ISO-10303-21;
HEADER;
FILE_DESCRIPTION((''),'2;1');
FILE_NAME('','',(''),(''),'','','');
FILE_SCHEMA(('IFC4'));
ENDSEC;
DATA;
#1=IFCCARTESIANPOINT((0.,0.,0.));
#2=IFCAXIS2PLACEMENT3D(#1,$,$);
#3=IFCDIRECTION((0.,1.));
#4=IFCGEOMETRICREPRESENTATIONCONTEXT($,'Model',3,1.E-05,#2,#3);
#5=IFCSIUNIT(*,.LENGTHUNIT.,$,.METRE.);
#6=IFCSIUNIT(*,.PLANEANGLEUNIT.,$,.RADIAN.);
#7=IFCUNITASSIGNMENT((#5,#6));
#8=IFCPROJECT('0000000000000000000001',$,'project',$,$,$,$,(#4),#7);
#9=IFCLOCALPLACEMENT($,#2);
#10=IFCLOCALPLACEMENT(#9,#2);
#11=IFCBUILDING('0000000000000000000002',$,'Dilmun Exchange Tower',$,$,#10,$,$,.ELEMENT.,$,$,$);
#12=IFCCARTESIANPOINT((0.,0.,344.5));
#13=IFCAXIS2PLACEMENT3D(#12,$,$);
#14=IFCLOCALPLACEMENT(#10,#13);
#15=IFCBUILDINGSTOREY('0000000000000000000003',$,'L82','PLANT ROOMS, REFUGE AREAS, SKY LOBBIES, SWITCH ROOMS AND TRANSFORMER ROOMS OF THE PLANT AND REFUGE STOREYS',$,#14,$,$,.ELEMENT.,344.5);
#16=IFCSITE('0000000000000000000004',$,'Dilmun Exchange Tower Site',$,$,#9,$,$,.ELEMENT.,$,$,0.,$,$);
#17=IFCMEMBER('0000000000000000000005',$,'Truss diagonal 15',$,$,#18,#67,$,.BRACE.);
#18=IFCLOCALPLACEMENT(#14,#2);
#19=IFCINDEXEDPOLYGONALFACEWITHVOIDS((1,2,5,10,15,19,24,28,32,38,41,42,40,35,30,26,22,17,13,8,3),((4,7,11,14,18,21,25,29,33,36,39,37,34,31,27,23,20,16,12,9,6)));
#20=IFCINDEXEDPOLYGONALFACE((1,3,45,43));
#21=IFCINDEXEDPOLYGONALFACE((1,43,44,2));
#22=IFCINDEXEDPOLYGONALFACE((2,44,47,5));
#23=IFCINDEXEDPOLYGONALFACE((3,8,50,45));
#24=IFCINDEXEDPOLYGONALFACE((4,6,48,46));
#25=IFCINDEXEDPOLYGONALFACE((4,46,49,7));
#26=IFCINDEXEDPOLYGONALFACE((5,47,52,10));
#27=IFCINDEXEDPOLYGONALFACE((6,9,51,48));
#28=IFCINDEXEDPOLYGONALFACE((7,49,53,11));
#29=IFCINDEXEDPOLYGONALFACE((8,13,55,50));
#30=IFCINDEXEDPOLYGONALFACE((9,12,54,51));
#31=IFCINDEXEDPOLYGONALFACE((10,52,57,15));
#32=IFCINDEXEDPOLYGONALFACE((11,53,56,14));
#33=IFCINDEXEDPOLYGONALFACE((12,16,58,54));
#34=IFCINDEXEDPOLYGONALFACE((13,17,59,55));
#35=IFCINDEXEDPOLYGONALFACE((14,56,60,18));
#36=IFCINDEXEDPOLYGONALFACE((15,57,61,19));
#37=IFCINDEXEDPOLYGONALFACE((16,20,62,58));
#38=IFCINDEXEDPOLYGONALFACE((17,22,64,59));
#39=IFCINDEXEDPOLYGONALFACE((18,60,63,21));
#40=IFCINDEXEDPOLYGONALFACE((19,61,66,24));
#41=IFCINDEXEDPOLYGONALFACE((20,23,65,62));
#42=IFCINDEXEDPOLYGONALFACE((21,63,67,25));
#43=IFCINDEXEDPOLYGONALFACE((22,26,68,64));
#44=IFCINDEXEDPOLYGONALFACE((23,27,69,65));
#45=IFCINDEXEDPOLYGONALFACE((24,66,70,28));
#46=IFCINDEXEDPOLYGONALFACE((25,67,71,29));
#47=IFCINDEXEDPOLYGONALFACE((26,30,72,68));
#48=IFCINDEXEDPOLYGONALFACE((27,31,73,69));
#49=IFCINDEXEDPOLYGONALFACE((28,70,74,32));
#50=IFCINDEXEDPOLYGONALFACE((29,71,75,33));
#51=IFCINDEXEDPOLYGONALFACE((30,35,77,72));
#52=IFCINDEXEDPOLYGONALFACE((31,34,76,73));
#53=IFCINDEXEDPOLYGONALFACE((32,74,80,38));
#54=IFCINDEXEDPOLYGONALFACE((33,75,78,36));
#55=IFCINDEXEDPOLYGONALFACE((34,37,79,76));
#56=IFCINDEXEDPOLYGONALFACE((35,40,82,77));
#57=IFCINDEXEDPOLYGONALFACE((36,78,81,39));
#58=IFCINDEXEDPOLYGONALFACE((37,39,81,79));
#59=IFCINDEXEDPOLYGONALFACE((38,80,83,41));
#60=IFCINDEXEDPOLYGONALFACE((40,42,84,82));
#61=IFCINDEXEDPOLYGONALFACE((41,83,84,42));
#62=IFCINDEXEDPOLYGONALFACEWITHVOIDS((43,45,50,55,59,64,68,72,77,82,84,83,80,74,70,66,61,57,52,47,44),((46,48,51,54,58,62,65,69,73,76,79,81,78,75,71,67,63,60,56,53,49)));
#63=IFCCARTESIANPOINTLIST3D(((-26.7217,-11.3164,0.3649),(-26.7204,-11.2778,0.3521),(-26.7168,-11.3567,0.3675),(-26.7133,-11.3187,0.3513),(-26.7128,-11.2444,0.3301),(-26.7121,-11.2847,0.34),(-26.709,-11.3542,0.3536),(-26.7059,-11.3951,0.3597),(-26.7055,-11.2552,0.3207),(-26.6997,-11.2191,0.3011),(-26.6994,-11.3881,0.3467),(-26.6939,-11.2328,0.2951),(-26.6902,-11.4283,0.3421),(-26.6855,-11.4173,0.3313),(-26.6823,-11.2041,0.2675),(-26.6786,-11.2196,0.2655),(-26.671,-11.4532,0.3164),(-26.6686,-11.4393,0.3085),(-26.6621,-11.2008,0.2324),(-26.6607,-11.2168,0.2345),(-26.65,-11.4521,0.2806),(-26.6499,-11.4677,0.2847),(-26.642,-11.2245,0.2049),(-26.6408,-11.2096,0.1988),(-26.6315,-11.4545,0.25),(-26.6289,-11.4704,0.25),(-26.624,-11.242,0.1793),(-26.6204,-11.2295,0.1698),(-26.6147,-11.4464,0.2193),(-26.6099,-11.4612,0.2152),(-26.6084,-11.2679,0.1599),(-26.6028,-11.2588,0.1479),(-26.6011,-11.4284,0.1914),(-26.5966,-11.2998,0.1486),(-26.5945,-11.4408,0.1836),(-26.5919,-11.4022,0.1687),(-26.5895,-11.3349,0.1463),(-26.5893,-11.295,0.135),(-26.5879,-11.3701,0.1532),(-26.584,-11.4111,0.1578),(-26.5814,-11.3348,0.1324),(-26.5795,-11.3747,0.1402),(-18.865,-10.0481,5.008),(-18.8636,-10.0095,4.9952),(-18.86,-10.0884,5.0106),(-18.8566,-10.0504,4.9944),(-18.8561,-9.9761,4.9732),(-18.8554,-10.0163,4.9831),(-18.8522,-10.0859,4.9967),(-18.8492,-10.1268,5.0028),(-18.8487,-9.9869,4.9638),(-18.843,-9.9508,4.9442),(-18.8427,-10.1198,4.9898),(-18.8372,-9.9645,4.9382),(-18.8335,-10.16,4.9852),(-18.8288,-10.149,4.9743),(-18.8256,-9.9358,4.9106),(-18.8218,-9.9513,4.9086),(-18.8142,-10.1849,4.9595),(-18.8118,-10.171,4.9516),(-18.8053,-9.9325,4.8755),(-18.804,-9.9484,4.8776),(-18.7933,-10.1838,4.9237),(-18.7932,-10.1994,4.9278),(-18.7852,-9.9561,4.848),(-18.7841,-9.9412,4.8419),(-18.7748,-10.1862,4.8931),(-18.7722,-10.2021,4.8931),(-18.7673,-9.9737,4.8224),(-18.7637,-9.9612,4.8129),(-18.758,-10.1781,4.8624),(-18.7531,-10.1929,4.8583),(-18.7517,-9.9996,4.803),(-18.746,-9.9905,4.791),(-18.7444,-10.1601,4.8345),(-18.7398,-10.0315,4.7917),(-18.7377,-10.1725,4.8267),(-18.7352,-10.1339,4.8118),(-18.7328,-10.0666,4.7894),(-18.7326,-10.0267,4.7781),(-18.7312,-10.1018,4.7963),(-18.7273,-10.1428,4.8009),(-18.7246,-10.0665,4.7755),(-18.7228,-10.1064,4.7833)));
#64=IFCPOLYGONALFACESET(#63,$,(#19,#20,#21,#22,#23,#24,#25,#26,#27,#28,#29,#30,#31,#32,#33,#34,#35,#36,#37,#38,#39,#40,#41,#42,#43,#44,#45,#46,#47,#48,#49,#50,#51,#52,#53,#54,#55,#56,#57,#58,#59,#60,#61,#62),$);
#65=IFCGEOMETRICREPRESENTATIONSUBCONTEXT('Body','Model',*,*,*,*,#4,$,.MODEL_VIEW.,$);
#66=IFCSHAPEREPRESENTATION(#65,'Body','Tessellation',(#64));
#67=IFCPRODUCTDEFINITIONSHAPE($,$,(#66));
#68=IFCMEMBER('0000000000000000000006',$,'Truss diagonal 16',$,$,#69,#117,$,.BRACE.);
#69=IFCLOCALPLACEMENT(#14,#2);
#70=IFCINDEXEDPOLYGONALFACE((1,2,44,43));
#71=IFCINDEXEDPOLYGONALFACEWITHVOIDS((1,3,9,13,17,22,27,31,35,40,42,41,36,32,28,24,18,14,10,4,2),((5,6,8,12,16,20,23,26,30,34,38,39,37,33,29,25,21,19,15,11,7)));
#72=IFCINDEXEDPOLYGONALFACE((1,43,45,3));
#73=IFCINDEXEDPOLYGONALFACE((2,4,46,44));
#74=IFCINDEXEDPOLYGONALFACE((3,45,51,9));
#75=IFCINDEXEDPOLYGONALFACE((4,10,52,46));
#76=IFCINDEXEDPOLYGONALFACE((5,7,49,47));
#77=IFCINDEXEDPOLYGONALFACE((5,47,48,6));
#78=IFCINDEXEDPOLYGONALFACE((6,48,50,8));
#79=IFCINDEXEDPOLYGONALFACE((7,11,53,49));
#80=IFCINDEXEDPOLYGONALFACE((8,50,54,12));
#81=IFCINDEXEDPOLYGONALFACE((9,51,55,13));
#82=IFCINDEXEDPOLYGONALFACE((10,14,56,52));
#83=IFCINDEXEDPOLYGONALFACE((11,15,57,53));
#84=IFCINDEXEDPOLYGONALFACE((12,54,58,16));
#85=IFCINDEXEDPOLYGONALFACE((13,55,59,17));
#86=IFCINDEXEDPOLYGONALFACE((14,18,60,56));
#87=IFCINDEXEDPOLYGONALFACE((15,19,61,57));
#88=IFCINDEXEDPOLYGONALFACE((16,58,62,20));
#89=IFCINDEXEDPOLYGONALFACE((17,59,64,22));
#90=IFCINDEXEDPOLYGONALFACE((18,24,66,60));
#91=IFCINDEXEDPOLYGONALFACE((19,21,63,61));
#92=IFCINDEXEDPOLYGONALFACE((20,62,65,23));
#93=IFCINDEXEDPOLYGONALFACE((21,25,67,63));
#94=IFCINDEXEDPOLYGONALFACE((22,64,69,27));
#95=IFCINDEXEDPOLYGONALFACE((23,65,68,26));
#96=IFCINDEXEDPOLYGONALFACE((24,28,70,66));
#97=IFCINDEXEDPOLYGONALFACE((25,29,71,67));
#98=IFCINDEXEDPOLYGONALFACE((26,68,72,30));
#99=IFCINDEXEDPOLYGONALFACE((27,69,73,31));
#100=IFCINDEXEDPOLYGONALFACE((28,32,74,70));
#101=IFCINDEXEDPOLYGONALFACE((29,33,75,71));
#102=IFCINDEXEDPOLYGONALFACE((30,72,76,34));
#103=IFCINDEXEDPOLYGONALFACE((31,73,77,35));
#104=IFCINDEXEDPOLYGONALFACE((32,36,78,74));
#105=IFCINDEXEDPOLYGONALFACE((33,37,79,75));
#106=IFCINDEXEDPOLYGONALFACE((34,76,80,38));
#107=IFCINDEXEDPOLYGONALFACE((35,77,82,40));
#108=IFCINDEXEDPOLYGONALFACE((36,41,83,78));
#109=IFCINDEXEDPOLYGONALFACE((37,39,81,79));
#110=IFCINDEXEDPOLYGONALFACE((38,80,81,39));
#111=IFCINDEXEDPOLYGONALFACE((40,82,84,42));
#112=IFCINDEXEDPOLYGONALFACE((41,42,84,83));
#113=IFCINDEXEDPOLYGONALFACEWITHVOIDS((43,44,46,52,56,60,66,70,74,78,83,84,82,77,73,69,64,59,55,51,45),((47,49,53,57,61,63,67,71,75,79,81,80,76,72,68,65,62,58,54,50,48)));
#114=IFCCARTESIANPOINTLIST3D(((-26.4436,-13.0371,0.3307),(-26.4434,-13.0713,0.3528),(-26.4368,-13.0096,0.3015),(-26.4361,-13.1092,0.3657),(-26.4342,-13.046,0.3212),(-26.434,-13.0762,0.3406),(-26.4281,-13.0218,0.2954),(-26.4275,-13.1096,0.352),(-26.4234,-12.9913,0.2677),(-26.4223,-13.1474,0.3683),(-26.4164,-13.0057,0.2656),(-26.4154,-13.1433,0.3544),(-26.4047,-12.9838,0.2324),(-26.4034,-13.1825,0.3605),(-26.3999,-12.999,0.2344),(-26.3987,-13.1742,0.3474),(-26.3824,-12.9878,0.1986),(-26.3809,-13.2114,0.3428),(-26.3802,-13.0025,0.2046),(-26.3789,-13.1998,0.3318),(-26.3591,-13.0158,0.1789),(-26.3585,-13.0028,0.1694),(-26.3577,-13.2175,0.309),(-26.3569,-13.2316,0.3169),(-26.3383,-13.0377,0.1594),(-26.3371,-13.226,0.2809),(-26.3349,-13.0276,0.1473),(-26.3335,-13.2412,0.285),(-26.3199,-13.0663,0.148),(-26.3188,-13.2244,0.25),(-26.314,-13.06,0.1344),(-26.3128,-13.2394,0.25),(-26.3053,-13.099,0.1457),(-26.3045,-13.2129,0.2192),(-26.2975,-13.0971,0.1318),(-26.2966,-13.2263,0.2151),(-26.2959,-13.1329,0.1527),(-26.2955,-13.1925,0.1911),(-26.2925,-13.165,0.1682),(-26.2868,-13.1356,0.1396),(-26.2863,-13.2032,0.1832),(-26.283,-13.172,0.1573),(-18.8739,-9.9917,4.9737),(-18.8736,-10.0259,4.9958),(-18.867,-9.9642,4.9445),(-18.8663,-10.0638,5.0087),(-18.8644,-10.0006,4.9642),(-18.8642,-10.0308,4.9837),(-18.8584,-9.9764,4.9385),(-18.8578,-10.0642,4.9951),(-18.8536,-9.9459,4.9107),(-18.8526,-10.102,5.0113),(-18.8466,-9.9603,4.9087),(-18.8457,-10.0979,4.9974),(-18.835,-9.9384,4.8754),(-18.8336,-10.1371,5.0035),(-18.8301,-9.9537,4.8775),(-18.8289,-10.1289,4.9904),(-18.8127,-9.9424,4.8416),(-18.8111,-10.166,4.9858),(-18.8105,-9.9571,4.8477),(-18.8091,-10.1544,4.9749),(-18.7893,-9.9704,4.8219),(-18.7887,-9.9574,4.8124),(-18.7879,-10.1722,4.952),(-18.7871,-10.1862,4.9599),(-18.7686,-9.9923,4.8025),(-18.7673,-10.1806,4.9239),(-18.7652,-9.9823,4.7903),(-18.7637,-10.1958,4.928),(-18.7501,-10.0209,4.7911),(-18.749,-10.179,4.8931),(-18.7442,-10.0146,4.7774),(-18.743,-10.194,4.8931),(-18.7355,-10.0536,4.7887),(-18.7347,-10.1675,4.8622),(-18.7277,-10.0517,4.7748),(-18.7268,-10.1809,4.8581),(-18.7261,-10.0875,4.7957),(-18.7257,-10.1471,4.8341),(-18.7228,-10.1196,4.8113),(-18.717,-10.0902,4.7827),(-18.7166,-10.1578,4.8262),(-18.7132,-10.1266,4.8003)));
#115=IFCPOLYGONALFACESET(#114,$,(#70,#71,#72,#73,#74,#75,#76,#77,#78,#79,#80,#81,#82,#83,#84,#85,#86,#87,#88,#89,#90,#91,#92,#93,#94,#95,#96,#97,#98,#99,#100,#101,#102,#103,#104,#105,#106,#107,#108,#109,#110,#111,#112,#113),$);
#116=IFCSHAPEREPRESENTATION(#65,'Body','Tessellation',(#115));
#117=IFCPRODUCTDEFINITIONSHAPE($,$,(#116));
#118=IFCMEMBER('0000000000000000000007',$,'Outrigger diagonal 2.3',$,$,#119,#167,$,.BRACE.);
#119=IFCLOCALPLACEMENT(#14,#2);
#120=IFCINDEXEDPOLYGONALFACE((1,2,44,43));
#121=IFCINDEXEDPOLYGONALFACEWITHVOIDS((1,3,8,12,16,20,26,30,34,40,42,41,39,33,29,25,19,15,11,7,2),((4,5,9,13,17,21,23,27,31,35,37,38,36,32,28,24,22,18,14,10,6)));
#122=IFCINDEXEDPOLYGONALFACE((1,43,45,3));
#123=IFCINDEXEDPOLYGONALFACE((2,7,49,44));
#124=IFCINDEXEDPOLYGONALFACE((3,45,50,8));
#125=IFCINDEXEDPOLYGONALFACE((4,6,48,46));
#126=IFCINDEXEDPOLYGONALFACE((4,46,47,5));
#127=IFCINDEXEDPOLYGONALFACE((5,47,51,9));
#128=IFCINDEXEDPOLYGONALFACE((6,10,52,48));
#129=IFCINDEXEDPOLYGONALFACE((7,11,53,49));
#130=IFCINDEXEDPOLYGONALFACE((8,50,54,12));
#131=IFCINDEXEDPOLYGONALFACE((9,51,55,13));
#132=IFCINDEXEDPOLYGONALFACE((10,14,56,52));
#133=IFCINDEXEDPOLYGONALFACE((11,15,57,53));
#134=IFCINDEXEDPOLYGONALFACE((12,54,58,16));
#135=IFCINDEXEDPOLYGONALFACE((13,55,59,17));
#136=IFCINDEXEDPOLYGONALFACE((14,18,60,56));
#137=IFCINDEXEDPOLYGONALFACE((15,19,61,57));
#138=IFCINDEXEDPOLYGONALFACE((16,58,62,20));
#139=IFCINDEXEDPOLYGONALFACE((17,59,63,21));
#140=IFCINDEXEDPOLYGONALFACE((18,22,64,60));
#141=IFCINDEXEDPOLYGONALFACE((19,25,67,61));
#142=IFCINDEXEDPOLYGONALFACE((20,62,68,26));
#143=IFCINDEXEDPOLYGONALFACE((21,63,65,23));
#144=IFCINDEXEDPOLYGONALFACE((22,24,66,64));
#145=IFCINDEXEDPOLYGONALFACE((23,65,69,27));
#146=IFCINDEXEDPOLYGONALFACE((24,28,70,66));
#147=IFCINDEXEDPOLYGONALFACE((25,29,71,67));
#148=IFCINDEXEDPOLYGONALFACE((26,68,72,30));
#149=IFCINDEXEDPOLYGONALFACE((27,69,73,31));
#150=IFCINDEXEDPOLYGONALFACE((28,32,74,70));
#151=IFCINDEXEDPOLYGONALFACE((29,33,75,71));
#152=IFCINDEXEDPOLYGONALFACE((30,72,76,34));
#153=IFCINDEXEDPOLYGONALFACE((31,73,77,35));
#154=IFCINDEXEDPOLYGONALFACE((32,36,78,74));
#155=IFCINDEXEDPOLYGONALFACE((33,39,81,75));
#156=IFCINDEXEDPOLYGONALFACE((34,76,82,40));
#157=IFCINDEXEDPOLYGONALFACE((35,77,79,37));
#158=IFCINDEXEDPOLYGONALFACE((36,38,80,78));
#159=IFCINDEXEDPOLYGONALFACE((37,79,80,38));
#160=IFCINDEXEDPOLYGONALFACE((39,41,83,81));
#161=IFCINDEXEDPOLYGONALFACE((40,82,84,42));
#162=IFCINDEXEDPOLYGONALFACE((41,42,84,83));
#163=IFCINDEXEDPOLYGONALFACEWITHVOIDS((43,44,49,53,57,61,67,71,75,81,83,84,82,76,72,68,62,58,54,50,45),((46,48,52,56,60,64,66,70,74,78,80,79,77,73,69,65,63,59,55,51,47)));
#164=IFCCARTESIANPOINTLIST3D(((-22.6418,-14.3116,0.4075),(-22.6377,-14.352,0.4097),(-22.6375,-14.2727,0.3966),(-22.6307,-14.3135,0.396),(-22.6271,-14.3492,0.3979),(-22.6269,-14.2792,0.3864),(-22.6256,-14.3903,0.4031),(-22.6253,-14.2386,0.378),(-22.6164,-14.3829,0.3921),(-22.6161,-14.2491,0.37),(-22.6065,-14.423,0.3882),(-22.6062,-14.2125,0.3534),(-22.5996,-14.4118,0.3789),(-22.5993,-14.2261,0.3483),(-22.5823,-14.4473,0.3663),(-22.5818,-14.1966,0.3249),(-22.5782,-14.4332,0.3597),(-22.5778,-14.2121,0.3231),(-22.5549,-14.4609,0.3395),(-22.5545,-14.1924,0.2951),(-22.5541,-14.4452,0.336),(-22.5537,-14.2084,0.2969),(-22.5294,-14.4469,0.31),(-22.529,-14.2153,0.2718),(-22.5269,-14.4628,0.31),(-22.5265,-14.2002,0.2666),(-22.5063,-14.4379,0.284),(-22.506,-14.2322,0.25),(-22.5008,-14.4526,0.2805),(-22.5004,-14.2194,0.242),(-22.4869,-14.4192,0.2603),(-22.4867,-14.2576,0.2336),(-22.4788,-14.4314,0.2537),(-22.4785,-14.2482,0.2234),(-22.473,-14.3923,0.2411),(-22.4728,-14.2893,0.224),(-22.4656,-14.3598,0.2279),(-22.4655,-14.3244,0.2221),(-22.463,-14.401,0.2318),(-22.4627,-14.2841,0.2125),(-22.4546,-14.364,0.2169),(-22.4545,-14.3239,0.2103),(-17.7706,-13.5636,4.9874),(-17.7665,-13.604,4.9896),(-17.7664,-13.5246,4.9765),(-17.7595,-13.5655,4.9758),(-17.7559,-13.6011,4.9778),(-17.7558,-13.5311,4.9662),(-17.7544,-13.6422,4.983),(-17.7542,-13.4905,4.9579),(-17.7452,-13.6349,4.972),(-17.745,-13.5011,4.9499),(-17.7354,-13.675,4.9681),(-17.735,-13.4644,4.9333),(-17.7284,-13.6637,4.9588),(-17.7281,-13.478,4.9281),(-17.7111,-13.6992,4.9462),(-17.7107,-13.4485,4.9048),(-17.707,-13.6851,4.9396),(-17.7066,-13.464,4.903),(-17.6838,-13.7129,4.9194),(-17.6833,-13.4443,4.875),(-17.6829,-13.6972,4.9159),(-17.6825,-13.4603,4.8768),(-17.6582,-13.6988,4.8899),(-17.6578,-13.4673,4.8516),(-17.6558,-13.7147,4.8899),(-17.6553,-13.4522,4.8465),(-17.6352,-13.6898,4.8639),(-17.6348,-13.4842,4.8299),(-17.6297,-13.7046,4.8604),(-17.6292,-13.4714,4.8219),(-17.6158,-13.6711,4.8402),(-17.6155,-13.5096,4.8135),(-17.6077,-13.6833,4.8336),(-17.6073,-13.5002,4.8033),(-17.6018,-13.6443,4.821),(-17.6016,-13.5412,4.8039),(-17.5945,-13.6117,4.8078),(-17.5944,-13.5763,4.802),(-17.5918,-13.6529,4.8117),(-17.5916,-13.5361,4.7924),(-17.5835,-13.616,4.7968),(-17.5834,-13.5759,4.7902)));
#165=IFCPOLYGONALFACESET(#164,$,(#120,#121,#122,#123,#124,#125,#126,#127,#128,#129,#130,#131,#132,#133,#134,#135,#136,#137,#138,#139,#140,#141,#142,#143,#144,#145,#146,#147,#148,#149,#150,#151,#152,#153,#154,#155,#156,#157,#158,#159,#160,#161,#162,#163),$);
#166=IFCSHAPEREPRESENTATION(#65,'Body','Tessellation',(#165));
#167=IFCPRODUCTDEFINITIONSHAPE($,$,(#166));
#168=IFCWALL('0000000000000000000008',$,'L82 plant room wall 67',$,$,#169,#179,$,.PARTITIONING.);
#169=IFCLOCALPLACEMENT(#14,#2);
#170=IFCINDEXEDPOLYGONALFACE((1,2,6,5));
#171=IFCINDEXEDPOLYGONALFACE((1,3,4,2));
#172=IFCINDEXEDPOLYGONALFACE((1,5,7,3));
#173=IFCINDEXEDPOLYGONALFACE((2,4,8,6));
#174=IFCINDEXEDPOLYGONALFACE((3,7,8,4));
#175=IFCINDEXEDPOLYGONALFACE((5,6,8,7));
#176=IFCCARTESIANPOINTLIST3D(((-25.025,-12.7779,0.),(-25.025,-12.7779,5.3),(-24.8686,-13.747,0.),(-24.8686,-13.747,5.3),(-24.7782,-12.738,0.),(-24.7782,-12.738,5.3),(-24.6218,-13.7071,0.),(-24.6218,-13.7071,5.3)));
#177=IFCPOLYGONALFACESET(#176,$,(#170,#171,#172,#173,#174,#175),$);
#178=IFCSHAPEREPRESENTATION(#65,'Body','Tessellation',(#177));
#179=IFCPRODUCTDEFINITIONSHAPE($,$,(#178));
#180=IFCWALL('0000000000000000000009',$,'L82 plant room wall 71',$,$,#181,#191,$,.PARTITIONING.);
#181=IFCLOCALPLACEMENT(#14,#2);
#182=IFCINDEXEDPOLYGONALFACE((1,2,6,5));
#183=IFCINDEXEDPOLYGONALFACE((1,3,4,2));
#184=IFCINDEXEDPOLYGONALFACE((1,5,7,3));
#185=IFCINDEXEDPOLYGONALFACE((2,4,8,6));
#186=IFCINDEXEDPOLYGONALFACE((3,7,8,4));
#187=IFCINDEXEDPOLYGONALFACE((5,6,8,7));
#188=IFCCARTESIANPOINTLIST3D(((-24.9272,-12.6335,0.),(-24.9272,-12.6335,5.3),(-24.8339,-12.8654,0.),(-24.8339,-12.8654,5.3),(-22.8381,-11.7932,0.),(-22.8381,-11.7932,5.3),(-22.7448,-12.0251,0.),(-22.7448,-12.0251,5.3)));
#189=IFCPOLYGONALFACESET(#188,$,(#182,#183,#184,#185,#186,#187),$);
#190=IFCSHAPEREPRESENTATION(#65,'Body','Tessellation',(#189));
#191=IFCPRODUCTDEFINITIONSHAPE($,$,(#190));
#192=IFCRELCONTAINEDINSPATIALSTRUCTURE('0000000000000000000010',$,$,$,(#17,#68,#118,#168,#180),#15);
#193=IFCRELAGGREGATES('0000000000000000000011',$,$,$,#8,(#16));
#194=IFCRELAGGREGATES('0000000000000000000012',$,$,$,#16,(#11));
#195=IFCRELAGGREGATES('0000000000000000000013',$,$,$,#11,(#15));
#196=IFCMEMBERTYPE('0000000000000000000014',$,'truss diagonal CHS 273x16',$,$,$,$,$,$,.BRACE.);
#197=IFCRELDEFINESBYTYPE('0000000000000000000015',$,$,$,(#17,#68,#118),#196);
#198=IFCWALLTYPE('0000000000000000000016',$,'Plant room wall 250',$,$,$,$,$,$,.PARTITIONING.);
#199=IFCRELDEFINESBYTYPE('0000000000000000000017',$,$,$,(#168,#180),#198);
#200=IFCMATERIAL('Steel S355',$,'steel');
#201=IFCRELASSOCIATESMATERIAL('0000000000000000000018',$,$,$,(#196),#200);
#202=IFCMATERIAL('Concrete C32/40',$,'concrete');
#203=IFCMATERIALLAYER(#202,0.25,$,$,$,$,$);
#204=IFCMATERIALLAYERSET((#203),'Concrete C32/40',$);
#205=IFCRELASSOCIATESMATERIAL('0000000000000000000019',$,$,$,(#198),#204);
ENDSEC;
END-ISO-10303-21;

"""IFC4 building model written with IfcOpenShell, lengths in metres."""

from ifc_helpers import new_model, si_unit, direction, frame, frame_2d, origin, origin_2d, place, context, subcontext, project, spatial, rectangle, hollow_circle, extrude, material, layer, layer_set, material_profile, profile_set, type_object, element, save


model = new_model("IFC4")

# Units and contexts
model_context = context("Model", 3, precision=1e-05, world=origin(), true_north=direction((0.0, 1.0)))
body_context = subcontext(model_context, "Body", "Model", "MODEL_VIEW")
ifc_project = project(units=[si_unit("LENGTHUNIT", "METRE"), si_unit("PLANEANGLEUNIT", "RADIAN")], contexts=[model_context])

# Site, building, storey
site_placement = place(None, origin())
site = spatial("IfcSite", under=ifc_project, at=site_placement, Name="Dilmun Exchange Tower Site", CompositionType="ELEMENT", RefElevation=0.0)
building_placement = place(site_placement, origin())
building = spatial("IfcBuilding", under=site, at=building_placement, Name="Dilmun Exchange Tower", CompositionType="ELEMENT")
storey_placement = place(building_placement, frame((0.0, 0.0, 344.5)))
storey = spatial("IfcBuildingStorey", under=building, at=storey_placement, Name="L82", Description="PLANT ROOMS, REFUGE AREAS, SKY LOBBIES, SWITCH ROOMS AND TRANSFORMER ROOMS OF THE PLANT AND REFUGE STOREYS", CompositionType="ELEMENT", Elevation=344.5)

# Shared definitions
ifc_material_1 = material(Name="Steel S355", Category="steel")

# Members
ifc_material_profile_1 = material_profile(ifc_material_1, hollow_circle(Radius=0.1365, WallThickness=0.0161, at=origin_2d()), Name="CHS 273x16")
ifc_profile_set_1 = profile_set([ifc_material_profile_1], Name="Steel S355")
member_type_1 = type_object("IfcMemberType", Name="truss diagonal CHS 273x16", PredefinedType="BRACE", material=ifc_profile_set_1)
member_1_placement = place(storey_placement, frame((-18.7939, -10.0674, 4.8931), z_axis=(-0.852708, -0.137653, -0.503925), x_axis=(0.159367, -0.987219, 0.0)))
element("IfcMember", 1, at=member_1_placement, inside=storey, type_object=member_type_1, Name="Truss diagonal 15", PredefinedType="BRACE", context=body_context, shape_type="SweptSolid", body=[
    extrude(hollow_circle(Radius=0.1365, WallThickness=0.0161, at=origin_2d()), origin(), (0.0, 0.0, 1.0), 9.2139),
])
member_2_placement = place(storey_placement, frame((-18.7939, -10.0674, 4.8931), z_axis=(-0.806329, -0.324393, -0.494574), x_axis=(0.373237, -0.927736, 0.0)))
element("IfcMember", 2, at=member_2_placement, inside=storey, type_object=member_type_1, Name="Truss diagonal 16", PredefinedType="BRACE", context=body_context, shape_type="SweptSolid", body=[
    extrude(hollow_circle(Radius=0.1365, WallThickness=0.0161, at=origin_2d()), origin(), (0.0, 0.0, 1.0), 9.3879),
])
member_3_placement = place(storey_placement, frame((-17.6765, -13.5798, 4.8899), z_axis=(-0.724035, -0.111189, -0.680742), x_axis=(0.151789, -0.988413, 0.0)))
element("IfcMember", 3, at=member_3_placement, inside=storey, type_object=member_type_1, Name="Outrigger diagonal 2.3", PredefinedType="BRACE", context=body_context, shape_type="SweptSolid", body=[
    extrude(hollow_circle(Radius=0.1365, WallThickness=0.0161, at=origin_2d()), origin(), (0.0, 0.0, 1.0), 6.7278),
])

# Walls
ifc_material_2 = material(Name="Concrete C32/40", Category="concrete")
ifc_layer_1 = layer(ifc_material_2, 0.25)
ifc_layer_set_1 = layer_set([ifc_layer_1], Name="Concrete C32/40")
wall_type = type_object("IfcWallType", Name="Plant room wall 250", PredefinedType="PARTITIONING", material=ifc_layer_set_1)
wall_1_placement = place(storey_placement, frame((-24.9016, -12.7581, 0.0), z_axis=(0.0, 0.0, 1.0), x_axis=(0.159397, -0.987215, 0.0)))
element("IfcWall", 4, at=wall_1_placement, inside=storey, type_object=wall_type, Name="L82 plant room wall 67", PredefinedType="PARTITIONING", context=body_context, shape_type="SweptSolid", body=[
    extrude(rectangle(XDim=0.9817, YDim=0.25, at=frame_2d((0.4907, 0.0))), origin(), (0.0, 0.0, 1.0), 5.3),
])
wall_2_placement = place(storey_placement, frame((-24.8806, -12.7495, 0.0), z_axis=(0.0, 0.0, 1.0), x_axis=(0.927757, 0.373185, 0.0)))
element("IfcWall", 5, at=wall_2_placement, inside=storey, type_object=wall_type, Name="L82 plant room wall 71", PredefinedType="PARTITIONING", context=body_context, shape_type="SweptSolid", body=[
    extrude(rectangle(XDim=2.2517, YDim=0.25, at=frame_2d((1.126, 0.0))), origin(), (0.0, 0.0, 1.0), 5.3),
])

save(model, "model.ifc")
